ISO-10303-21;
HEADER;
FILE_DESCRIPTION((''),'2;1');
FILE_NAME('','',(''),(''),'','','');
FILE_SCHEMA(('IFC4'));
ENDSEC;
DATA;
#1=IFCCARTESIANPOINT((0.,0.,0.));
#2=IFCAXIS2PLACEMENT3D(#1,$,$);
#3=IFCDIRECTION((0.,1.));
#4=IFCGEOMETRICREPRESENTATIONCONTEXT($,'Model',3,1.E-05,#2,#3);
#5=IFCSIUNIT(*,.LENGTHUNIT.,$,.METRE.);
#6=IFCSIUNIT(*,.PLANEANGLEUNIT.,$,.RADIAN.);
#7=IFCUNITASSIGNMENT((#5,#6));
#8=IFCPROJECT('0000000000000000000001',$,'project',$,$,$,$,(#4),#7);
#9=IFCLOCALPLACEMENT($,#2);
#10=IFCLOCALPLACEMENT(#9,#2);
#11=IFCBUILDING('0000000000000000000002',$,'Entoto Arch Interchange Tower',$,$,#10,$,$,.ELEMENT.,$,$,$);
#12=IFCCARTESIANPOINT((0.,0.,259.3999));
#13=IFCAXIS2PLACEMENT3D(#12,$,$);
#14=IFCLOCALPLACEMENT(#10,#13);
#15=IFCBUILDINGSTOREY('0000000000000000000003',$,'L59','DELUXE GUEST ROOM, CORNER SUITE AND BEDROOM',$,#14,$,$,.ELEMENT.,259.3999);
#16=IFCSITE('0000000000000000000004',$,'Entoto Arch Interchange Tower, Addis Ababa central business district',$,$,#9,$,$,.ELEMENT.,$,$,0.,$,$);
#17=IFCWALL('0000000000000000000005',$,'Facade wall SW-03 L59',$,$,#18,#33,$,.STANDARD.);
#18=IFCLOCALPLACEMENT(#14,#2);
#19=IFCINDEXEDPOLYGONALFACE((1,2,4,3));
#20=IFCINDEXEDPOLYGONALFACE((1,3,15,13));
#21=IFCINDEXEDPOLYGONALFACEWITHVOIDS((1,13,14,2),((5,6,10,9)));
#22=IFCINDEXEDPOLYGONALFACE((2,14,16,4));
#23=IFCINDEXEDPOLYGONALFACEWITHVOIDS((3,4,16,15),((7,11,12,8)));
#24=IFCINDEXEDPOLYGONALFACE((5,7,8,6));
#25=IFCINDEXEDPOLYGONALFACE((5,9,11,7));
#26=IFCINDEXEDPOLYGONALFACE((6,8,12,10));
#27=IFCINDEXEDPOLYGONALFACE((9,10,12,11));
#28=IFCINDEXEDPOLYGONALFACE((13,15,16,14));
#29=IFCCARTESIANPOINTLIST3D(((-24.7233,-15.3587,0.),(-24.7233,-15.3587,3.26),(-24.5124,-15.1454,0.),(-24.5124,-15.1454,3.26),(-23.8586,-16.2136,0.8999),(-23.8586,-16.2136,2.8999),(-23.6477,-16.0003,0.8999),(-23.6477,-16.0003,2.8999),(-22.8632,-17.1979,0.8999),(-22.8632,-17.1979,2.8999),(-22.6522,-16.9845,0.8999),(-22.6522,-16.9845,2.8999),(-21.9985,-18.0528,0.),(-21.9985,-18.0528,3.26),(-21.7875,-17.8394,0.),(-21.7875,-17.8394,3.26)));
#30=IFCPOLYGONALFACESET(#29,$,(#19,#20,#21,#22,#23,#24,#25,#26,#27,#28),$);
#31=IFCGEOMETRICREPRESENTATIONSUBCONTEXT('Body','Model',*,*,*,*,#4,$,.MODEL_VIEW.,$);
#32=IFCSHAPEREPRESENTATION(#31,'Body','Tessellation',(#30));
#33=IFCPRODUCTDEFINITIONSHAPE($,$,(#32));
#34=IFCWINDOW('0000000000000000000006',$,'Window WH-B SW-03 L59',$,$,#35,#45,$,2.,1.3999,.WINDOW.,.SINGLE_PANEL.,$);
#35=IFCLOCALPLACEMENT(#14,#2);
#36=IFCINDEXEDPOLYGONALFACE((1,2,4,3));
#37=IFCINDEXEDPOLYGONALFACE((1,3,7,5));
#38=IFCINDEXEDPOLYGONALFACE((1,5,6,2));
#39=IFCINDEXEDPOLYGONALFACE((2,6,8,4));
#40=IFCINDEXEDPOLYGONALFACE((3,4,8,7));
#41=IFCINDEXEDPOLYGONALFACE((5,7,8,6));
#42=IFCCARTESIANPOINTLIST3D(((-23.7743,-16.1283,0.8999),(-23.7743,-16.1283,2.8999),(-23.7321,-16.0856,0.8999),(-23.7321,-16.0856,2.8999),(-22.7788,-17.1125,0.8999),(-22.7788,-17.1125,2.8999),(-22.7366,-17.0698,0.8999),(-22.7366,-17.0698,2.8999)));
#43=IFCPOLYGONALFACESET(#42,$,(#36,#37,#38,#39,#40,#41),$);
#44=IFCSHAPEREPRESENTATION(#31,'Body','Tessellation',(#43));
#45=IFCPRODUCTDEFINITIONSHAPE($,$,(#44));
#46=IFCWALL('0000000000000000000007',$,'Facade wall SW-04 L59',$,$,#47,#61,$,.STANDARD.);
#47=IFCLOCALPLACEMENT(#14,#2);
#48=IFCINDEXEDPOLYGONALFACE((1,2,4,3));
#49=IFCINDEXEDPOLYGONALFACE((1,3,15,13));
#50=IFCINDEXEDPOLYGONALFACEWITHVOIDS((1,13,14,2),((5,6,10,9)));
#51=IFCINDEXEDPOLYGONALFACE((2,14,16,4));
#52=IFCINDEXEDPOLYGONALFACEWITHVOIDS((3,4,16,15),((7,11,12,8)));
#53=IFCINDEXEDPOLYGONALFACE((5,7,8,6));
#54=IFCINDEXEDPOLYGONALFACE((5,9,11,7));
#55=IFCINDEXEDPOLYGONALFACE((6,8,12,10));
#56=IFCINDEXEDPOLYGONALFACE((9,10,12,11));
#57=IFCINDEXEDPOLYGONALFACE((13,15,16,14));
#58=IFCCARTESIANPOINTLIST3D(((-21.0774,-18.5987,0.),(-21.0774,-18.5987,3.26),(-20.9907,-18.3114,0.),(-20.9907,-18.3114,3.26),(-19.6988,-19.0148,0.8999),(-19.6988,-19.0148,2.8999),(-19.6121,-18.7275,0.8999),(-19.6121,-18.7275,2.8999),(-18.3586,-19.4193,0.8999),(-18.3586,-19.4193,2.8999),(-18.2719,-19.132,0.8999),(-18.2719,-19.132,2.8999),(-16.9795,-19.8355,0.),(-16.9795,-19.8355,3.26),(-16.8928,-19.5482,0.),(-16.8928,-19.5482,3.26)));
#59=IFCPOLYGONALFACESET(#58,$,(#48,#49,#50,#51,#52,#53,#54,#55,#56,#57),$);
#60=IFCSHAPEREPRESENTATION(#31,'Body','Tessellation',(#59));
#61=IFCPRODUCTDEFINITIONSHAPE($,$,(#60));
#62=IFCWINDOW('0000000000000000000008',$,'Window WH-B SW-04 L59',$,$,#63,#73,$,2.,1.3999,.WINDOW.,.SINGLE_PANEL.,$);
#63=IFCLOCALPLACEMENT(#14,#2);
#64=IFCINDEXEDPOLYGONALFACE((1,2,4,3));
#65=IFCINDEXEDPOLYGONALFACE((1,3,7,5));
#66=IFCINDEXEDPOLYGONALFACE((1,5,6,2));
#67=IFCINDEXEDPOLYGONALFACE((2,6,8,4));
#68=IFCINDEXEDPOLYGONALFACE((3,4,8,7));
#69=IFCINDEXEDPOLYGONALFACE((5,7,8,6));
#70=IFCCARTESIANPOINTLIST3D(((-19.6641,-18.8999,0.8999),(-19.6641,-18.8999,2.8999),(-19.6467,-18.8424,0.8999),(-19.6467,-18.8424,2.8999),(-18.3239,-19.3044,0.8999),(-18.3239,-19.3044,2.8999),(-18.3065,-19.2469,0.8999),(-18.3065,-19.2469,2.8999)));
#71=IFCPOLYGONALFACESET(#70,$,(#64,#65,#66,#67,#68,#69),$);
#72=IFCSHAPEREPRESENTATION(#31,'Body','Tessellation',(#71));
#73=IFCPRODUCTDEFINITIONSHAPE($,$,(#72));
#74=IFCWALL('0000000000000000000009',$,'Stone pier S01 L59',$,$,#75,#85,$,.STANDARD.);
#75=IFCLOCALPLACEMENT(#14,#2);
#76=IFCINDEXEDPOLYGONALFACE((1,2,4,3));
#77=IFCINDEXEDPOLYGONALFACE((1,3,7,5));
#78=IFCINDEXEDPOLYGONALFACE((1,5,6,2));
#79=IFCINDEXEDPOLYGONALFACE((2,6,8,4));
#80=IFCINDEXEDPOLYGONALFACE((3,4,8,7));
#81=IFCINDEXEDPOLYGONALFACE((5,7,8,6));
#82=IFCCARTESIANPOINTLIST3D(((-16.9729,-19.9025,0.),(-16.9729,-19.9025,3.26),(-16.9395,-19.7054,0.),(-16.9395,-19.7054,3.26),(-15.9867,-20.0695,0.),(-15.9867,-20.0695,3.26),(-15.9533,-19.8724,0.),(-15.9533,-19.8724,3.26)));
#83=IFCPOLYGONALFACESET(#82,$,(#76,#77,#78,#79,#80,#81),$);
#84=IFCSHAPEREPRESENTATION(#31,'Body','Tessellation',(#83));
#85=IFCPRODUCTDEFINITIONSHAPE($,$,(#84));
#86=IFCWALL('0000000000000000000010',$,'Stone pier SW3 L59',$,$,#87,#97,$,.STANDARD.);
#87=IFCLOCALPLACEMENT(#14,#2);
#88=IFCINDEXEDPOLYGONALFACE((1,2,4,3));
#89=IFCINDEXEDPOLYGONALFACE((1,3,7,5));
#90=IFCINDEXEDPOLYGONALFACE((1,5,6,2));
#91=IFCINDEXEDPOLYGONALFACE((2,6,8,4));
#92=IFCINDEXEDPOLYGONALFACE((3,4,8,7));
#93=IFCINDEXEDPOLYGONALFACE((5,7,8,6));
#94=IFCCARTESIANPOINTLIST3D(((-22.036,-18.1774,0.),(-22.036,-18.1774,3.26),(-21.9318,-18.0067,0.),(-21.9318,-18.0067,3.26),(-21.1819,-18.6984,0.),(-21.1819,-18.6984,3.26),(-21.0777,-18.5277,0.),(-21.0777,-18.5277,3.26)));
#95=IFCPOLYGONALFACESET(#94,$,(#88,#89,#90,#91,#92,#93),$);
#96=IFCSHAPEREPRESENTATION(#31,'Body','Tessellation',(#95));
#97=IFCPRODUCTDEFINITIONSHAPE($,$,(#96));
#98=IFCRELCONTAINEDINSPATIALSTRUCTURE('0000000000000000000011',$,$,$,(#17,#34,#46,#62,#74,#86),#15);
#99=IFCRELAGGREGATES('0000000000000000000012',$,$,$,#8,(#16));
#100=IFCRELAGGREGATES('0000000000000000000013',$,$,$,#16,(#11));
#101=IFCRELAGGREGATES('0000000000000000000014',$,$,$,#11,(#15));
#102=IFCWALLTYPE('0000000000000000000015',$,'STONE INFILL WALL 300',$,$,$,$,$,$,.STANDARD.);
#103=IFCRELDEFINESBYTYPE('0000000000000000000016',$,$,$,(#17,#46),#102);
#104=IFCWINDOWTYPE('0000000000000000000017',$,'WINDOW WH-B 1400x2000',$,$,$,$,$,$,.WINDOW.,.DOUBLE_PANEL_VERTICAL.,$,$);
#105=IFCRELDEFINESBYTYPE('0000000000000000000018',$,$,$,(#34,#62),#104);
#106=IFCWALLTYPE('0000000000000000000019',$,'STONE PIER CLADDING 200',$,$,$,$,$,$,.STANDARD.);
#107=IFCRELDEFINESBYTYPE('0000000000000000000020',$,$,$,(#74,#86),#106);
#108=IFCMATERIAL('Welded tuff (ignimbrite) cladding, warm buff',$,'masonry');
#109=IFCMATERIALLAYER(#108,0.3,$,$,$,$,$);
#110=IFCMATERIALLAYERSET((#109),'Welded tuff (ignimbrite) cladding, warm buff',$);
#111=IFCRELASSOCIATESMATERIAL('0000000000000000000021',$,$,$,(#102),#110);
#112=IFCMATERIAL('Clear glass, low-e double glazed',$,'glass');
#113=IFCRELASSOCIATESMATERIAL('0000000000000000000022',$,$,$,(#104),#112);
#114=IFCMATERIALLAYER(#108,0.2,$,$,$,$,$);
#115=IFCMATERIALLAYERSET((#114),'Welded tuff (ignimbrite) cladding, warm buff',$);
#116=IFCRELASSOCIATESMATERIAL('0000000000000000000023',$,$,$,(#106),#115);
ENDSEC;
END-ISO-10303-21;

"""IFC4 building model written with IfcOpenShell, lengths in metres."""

from ifc_helpers import new_model, si_unit, direction, frame, frame_2d, origin, place, context, subcontext, project, spatial, rectangle, extrude, material, layer, layer_set, type_object, element, fill, save


model = new_model("IFC4")

# Units and contexts
model_context = context("Model", 3, precision=1e-05, world=origin(), true_north=direction((0.0, 1.0)))
body_context = subcontext(model_context, "Body", "Model", "MODEL_VIEW")
ifc_project = project(units=[si_unit("LENGTHUNIT", "METRE"), si_unit("PLANEANGLEUNIT", "RADIAN")], contexts=[model_context])

# Site, building, storey
site_placement = place(None, origin())
site = spatial("IfcSite", under=ifc_project, at=site_placement, Name="Entoto Arch Interchange Tower, Addis Ababa central business district", CompositionType="ELEMENT", RefElevation=0.0)
building_placement = place(site_placement, origin())
building = spatial("IfcBuilding", under=site, at=building_placement, Name="Entoto Arch Interchange Tower", CompositionType="ELEMENT")
storey_placement = place(building_placement, frame((0.0, 0.0, 259.3999)))
storey = spatial("IfcBuildingStorey", under=building, at=storey_placement, Name="L59", Description="DELUXE GUEST ROOM, CORNER SUITE AND BEDROOM", CompositionType="ELEMENT", Elevation=259.3999)

# Shared definitions
ifc_material_1 = material(Name="Welded tuff (ignimbrite) cladding, warm buff", Category="masonry")
ifc_layer_1 = layer(ifc_material_1, 0.3)
ifc_layer_set_1 = layer_set([ifc_layer_1], Name="Welded tuff (ignimbrite) cladding, warm buff")
wall_type_1 = type_object("IfcWallType", Name="STONE INFILL WALL 300", PredefinedType="STANDARD", material=ifc_layer_set_1)
ifc_material_2 = material(Name="Clear glass, low-e double glazed", Category="glass")

# Walls, openings, windows
wall_1_placement = place(storey_placement, frame((-24.6179, -15.252, 0.0), z_axis=(0.0, 0.0, 1.0), x_axis=(0.711109, -0.703081, 0.0)))
wall_1 = element("IfcWall", 1, at=wall_1_placement, inside=storey, type_object=wall_type_1, Name="Facade wall SW-03 L59", PredefinedType="STANDARD", context=body_context, shape_type="SweptSolid", body=[
    extrude(rectangle(XDim=3.8318, YDim=0.3, at=frame_2d((1.916, 0.0))), origin(), (0.0, 0.0, 1.0), 3.26),
])
opening_1_placement = place(wall_1_placement, frame((1.2161, 0.0, 0.8999)))
opening_1 = element("IfcOpeningElement", 2, at=opening_1_placement, cuts=wall_1, PredefinedType="OPENING", context=body_context, shape_type="SweptSolid", body=[
    extrude(rectangle(XDim=1.3999, YDim=2.0, at=frame_2d((0.7, 1.0))), frame((0.0, 0.1602, 0.0), z_axis=(0.0, -1.0, 0.0), x_axis=(1.0, 0.0, 0.0)), (0.0, 0.0, 1.0), 0.3201),
])
window_type_1 = type_object("IfcWindowType", Name="WINDOW WH-B 1400x2000", PartitioningType="DOUBLE_PANEL_VERTICAL", PredefinedType="WINDOW", material=ifc_material_2)
window_1_placement = place(opening_1_placement, origin())
window_1 = element("IfcWindow", 3, at=window_1_placement, inside=storey, type_object=window_type_1, Name="Window WH-B SW-03 L59", OverallHeight=2.0, OverallWidth=1.3999, PartitioningType="SINGLE_PANEL", PredefinedType="WINDOW", context=body_context, shape_type="SweptSolid", body=[
    extrude(rectangle(XDim=1.3999, YDim=2.0, at=frame_2d((0.7, 1.0))), frame((0.0, 0.03, 0.0), z_axis=(0.0, -1.0, 0.0), x_axis=(1.0, 0.0, 0.0)), (0.0, 0.0, 1.0), 0.0601),
])
fill(opening_1, window_1)
wall_2_placement = place(storey_placement, frame((-21.0339, -18.4551, 0.0), z_axis=(0.0, 0.0, 1.0), x_axis=(0.957346, -0.288943, 0.0)))
wall_2 = element("IfcWall", 4, at=wall_2_placement, inside=storey, type_object=wall_type_1, Name="Facade wall SW-04 L59", PredefinedType="STANDARD", context=body_context, shape_type="SweptSolid", body=[
    extrude(rectangle(XDim=4.2805, YDim=0.3, at=frame_2d((2.1401, 0.0))), origin(), (0.0, 0.0, 1.0), 3.26),
])
opening_2_placement = place(wall_2_placement, frame((1.4399, 0.0, 0.8999)))
opening_2 = element("IfcOpeningElement", 5, at=opening_2_placement, cuts=wall_2, PredefinedType="OPENING", context=body_context, shape_type="SweptSolid", body=[
    extrude(rectangle(XDim=1.3999, YDim=2.0, at=frame_2d((0.7, 1.0))), frame((0.0, 0.1602, 0.0), z_axis=(0.0, -1.0, 0.0), x_axis=(1.0, 0.0, 0.0)), (0.0, 0.0, 1.0), 0.3201),
])
window_2_placement = place(opening_2_placement, origin())
window_2 = element("IfcWindow", 6, at=window_2_placement, inside=storey, type_object=window_type_1, Name="Window WH-B SW-04 L59", OverallHeight=2.0, OverallWidth=1.3999, PartitioningType="SINGLE_PANEL", PredefinedType="WINDOW", context=body_context, shape_type="SweptSolid", body=[
    extrude(rectangle(XDim=1.3999, YDim=2.0, at=frame_2d((0.7, 1.0))), frame((0.0, 0.03, 0.0), z_axis=(0.0, -1.0, 0.0), x_axis=(1.0, 0.0, 0.0)), (0.0, 0.0, 1.0), 0.0601),
])
fill(opening_2, window_2)

# Walls
ifc_layer_2 = layer(ifc_material_1, 0.2)
ifc_layer_set_2 = layer_set([ifc_layer_2], Name="Welded tuff (ignimbrite) cladding, warm buff")
wall_type_2 = type_object("IfcWallType", Name="STONE PIER CLADDING 200", PredefinedType="STANDARD", material=ifc_layer_set_2)
wall_3_placement = place(storey_placement, frame((-16.9561, -19.804, 0.0), z_axis=(0.0, 0.0, 1.0), x_axis=(0.985962, -0.166971, 0.0)))
element("IfcWall", 7, at=wall_3_placement, inside=storey, type_object=wall_type_2, Name="Stone pier S01 L59", PredefinedType="STANDARD", context=body_context, shape_type="SweptSolid", body=[
    extrude(rectangle(XDim=1.0002, YDim=0.2, at=frame_2d((0.5, 0.0))), origin(), (0.0, 0.0, 1.0), 3.26),
])
wall_4_placement = place(storey_placement, frame((-21.9839, -18.092, 0.0), z_axis=(0.0, 0.0, 1.0), x_axis=(0.85368, -0.520798, 0.0)))
element("IfcWall", 8, at=wall_4_placement, inside=storey, type_object=wall_type_2, Name="Stone pier SW3 L59", PredefinedType="STANDARD", context=body_context, shape_type="SweptSolid", body=[
    extrude(rectangle(XDim=1.0005, YDim=0.2, at=frame_2d((0.5002, 0.0))), origin(), (0.0, 0.0, 1.0), 3.26),
])

save(model, "model.ifc")
